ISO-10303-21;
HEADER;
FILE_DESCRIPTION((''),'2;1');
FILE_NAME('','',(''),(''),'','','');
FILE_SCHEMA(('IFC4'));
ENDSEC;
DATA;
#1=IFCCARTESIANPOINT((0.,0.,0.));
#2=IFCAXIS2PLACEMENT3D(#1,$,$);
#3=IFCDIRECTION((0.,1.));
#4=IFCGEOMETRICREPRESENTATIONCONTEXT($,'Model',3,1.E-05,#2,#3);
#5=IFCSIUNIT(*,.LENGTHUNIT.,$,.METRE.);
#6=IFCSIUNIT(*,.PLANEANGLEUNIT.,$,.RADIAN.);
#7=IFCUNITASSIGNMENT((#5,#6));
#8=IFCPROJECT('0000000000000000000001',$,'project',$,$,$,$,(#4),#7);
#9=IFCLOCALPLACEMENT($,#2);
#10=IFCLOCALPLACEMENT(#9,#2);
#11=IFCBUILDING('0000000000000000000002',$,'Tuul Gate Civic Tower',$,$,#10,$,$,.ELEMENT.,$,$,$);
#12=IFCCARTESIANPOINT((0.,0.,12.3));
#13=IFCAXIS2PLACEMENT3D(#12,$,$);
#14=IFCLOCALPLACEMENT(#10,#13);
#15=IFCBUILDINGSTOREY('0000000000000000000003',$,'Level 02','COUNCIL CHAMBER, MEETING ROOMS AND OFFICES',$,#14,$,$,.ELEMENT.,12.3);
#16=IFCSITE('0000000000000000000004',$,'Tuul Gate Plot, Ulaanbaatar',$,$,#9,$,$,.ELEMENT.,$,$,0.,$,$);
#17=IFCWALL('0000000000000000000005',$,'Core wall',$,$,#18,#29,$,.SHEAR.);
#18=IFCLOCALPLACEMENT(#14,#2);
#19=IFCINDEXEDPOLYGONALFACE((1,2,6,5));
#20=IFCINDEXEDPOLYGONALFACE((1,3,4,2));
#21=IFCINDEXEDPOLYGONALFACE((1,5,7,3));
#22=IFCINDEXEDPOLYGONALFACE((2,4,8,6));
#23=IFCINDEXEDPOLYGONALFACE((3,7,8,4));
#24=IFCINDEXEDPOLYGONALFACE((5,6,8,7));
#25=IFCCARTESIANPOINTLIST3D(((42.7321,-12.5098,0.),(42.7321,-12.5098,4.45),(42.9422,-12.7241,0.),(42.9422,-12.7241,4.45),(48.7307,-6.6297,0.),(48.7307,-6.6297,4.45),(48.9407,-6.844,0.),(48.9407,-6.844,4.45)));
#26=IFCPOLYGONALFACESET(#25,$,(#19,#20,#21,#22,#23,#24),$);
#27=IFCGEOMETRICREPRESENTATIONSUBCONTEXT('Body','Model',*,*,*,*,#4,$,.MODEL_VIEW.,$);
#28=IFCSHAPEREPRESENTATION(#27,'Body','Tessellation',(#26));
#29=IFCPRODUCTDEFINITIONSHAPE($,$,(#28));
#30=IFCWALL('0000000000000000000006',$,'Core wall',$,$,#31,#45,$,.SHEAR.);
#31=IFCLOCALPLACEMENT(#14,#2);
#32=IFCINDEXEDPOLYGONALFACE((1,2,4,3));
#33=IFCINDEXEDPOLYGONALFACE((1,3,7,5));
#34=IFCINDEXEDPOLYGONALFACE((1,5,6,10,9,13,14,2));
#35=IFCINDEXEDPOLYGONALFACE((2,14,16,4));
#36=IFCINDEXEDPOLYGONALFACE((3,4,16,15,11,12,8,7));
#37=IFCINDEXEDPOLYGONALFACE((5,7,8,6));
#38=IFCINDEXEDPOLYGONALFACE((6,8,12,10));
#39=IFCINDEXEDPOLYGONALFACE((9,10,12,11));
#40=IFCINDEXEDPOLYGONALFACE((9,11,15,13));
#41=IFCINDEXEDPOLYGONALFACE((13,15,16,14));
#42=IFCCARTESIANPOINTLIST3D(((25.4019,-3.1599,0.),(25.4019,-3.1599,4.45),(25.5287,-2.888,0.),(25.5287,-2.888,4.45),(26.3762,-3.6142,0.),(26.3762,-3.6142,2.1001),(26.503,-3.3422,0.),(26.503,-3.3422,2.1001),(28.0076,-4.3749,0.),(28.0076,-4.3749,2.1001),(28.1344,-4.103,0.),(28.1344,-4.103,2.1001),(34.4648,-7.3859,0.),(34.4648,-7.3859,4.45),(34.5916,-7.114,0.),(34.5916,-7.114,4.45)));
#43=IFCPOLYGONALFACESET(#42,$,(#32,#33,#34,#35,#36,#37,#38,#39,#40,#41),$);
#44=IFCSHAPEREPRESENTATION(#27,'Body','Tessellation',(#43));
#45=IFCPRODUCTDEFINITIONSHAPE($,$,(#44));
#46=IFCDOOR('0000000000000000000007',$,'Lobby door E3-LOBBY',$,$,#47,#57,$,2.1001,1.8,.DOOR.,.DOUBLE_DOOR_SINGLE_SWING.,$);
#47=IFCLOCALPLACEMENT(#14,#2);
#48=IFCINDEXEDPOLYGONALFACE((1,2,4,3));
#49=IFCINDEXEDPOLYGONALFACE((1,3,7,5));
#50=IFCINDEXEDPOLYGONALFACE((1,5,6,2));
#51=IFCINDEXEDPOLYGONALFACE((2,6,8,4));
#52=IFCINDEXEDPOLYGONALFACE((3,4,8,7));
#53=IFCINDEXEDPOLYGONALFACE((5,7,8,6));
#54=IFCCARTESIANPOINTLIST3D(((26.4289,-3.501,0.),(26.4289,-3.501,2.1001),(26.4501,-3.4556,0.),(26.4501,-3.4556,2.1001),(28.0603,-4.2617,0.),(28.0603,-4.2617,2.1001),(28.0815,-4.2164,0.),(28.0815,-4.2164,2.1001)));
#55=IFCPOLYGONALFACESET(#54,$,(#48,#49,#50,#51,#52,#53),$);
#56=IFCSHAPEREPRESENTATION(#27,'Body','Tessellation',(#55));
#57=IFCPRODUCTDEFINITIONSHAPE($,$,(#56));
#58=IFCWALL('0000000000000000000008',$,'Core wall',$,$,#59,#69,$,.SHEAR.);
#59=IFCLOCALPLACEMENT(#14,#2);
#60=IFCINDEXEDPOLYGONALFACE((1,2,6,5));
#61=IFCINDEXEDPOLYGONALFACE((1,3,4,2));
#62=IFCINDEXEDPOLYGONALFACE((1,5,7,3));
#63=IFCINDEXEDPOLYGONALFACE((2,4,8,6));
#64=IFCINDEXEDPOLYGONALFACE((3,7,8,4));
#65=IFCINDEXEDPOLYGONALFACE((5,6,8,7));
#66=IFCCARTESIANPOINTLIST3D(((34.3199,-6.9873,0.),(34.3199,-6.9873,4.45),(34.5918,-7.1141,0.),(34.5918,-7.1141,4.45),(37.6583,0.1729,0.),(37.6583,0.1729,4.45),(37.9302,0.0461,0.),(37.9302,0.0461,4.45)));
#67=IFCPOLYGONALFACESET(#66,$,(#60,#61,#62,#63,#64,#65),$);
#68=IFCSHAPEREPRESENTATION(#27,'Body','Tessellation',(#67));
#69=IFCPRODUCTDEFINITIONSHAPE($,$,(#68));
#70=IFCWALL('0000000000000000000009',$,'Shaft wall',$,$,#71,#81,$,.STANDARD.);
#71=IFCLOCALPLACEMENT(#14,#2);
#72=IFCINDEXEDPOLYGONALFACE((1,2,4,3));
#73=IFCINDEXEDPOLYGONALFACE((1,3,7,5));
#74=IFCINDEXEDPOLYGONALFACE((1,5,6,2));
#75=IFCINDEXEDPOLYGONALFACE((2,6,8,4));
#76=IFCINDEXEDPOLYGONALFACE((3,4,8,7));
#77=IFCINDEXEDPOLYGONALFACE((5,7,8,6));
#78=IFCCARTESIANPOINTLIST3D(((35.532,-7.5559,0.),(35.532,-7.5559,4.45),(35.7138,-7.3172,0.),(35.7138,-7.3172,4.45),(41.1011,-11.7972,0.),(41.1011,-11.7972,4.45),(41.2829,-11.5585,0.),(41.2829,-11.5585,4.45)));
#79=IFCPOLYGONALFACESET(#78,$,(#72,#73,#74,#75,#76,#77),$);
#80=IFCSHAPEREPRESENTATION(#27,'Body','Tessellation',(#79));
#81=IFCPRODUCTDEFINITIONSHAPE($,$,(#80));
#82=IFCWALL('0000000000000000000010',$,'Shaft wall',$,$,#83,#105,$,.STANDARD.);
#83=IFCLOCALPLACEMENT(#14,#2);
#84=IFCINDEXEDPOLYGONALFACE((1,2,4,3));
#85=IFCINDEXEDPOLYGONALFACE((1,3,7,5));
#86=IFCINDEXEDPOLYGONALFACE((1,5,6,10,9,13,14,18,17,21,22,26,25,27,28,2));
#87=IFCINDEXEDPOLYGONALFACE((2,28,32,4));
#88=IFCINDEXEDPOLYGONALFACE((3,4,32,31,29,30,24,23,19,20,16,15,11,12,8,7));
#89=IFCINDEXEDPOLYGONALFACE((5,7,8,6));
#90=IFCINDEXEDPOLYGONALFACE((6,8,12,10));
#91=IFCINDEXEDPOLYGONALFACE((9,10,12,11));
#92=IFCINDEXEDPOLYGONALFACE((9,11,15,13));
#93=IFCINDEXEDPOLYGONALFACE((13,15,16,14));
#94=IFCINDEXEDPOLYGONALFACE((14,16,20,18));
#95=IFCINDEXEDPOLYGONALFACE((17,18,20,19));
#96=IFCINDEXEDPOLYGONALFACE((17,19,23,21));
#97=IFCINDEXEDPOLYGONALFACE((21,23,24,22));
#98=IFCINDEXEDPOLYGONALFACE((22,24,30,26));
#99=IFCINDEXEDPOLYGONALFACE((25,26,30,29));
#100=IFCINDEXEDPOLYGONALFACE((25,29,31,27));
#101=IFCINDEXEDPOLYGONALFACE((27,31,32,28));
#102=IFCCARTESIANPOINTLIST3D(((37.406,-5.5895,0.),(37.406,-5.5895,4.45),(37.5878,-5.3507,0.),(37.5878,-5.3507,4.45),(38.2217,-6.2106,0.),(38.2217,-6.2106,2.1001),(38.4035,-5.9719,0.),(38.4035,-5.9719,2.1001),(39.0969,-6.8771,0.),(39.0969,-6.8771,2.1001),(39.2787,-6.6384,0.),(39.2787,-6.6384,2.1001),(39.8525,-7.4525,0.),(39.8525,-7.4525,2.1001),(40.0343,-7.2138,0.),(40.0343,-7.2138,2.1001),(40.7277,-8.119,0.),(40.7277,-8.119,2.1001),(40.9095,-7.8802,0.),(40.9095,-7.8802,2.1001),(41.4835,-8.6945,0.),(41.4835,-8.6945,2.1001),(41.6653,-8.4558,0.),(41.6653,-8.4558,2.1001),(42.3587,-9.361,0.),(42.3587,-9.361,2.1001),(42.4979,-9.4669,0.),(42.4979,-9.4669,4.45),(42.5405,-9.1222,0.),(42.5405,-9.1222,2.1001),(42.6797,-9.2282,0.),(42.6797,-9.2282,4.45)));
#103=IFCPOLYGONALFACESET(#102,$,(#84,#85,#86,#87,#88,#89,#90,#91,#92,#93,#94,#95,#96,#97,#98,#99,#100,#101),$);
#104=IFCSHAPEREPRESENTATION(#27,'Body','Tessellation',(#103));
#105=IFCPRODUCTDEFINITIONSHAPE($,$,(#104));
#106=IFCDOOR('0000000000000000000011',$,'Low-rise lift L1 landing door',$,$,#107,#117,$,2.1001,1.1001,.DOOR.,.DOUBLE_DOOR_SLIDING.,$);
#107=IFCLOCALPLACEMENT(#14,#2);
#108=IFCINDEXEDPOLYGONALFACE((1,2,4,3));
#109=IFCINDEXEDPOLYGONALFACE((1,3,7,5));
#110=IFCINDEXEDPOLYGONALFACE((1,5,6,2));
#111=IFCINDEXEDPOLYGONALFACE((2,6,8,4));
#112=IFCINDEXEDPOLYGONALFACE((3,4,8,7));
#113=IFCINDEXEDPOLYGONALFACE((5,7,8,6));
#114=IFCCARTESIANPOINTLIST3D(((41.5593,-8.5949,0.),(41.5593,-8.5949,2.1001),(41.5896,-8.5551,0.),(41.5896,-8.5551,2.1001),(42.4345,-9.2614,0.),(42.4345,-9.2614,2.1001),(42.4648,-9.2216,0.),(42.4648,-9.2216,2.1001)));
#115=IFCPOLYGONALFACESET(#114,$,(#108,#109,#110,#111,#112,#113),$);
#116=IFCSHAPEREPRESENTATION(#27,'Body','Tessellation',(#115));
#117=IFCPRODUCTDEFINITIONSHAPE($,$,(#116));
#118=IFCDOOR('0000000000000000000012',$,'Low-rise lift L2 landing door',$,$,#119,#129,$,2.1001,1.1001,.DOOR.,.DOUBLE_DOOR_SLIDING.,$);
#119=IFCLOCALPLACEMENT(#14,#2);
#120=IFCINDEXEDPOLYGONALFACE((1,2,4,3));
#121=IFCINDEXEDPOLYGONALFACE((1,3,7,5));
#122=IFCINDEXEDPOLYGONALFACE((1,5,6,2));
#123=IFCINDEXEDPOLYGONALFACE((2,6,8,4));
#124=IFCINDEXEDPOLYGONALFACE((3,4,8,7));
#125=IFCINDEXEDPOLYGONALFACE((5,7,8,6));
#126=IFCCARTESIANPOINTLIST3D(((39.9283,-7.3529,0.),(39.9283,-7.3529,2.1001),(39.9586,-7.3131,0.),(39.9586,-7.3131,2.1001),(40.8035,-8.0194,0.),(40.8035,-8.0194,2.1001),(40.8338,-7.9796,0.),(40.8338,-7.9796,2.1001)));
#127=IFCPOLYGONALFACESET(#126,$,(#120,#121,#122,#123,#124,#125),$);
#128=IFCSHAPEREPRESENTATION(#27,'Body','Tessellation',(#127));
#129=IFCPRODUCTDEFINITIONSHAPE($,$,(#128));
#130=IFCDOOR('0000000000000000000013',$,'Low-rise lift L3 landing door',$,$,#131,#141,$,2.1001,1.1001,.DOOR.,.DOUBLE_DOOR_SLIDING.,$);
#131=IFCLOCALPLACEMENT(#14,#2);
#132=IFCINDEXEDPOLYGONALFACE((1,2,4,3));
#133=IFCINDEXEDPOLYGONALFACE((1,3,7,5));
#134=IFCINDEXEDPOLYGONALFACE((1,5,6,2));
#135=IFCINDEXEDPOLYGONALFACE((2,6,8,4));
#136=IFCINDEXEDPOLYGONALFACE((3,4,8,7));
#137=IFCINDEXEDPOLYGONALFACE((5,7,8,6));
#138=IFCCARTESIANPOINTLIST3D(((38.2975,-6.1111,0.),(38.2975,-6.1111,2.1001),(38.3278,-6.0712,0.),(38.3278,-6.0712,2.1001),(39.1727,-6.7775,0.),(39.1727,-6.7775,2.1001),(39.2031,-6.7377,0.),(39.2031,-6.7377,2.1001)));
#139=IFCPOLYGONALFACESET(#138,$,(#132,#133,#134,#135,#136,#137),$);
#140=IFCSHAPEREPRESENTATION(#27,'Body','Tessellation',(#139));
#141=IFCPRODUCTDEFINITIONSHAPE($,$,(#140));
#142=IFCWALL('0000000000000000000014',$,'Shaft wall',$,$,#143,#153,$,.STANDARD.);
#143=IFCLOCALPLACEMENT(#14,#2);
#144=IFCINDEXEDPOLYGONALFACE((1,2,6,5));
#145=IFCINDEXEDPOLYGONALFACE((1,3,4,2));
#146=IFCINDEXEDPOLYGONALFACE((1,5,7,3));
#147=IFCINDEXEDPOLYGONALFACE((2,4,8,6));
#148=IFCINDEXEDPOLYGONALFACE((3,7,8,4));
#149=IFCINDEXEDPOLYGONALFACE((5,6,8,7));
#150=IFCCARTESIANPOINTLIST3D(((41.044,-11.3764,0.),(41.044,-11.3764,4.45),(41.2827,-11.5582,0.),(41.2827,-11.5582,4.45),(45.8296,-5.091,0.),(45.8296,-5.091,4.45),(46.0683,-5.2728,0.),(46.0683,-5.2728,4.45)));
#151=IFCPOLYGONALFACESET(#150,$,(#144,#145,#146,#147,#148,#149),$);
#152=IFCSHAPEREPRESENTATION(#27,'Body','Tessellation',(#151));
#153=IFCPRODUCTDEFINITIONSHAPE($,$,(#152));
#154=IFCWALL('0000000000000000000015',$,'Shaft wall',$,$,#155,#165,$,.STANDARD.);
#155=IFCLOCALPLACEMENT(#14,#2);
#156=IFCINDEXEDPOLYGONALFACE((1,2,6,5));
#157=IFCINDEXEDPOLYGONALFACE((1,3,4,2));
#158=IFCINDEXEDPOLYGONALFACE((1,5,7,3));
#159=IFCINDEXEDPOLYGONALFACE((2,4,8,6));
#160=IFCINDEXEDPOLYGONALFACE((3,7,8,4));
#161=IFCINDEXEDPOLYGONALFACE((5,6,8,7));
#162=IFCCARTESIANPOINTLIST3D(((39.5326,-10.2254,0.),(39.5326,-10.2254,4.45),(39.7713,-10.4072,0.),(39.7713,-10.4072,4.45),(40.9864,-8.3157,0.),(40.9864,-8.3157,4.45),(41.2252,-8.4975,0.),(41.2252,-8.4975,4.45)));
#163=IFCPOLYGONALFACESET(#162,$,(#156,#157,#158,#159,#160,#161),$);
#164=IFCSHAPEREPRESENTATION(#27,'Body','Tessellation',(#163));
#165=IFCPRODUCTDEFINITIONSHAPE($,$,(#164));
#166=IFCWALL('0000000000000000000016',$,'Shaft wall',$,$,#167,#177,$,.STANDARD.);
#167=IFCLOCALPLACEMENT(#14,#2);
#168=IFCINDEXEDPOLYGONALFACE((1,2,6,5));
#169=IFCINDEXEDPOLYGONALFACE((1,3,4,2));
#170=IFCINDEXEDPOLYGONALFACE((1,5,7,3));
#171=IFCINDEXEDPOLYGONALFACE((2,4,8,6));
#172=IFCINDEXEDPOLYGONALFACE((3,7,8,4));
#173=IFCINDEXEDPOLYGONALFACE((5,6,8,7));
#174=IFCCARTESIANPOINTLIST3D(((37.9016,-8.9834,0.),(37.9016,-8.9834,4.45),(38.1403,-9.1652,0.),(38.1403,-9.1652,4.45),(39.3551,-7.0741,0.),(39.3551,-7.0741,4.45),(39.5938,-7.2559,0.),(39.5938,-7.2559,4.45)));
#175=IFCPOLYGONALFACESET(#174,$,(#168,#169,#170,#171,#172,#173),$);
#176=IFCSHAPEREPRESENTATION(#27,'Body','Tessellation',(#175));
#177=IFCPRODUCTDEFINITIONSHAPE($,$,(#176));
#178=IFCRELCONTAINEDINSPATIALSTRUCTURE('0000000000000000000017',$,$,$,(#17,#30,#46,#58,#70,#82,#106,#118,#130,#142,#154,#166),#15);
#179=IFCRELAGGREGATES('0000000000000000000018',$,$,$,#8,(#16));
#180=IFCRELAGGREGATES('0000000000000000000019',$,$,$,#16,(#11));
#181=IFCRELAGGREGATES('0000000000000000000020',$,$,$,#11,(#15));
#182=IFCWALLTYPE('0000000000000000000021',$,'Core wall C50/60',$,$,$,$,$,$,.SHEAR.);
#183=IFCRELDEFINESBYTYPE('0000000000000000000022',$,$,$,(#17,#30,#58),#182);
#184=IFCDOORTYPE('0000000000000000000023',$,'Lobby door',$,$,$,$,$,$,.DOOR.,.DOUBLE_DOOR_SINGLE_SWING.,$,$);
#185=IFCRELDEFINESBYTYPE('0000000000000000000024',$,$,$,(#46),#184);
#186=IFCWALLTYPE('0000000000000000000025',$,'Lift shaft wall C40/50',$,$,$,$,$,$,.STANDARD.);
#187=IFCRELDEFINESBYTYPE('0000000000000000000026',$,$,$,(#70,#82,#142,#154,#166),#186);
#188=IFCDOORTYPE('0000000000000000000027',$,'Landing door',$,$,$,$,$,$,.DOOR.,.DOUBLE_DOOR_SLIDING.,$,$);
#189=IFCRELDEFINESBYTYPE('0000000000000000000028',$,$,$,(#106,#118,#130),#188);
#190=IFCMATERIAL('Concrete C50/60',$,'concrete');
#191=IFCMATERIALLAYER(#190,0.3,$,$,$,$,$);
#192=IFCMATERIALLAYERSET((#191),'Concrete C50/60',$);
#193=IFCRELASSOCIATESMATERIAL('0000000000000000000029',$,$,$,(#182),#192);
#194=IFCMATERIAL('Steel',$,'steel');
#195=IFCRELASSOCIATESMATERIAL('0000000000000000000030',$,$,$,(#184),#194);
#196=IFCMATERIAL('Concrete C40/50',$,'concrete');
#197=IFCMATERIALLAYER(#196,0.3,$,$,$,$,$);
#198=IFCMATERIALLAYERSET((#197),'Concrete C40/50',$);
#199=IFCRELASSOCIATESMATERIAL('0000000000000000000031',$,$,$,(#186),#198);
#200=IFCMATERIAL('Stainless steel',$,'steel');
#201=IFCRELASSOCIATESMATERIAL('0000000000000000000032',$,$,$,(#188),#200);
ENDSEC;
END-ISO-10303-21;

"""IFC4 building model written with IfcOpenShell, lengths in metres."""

from ifc_helpers import new_model, si_unit, direction, frame, frame_2d, origin, place, context, subcontext, project, spatial, rectangle, extrude, material, layer, layer_set, type_object, element, fill, save


model = new_model("IFC4")

# Units and contexts
model_context = context("Model", 3, precision=1e-05, world=origin(), true_north=direction((0.0, 1.0)))
body_context = subcontext(model_context, "Body", "Model", "MODEL_VIEW")
ifc_project = project(units=[si_unit("LENGTHUNIT", "METRE"), si_unit("PLANEANGLEUNIT", "RADIAN")], contexts=[model_context])

# Site, building, storey
site_placement = place(None, origin())
site = spatial("IfcSite", under=ifc_project, at=site_placement, Name="Tuul Gate Plot, Ulaanbaatar", CompositionType="ELEMENT", RefElevation=0.0)
building_placement = place(site_placement, origin())
building = spatial("IfcBuilding", under=site, at=building_placement, Name="Tuul Gate Civic Tower", CompositionType="ELEMENT")
storey_placement = place(building_placement, frame((0.0, 0.0, 12.3)))
storey = spatial("IfcBuildingStorey", under=building, at=storey_placement, Name="Level 02", Description="COUNCIL CHAMBER, MEETING ROOMS AND OFFICES", CompositionType="ELEMENT", Elevation=12.3)

# Wall
ifc_material_1 = material(Name="Concrete C50/60", Category="concrete")
ifc_layer_1 = layer(ifc_material_1, 0.3)
ifc_layer_set_1 = layer_set([ifc_layer_1], Name="Concrete C50/60")
wall_type_1 = type_object("IfcWallType", Name="Core wall C50/60", PredefinedType="SHEAR", material=ifc_layer_set_1)
wall_1_placement = place(storey_placement, frame((42.8372, -12.6169, 0.0), z_axis=(0.0, 0.0, 1.0), x_axis=(0.71412, 0.700023, 0.0)))
element("IfcWall", 1, at=wall_1_placement, inside=storey, type_object=wall_type_1, Name="Core wall", PredefinedType="SHEAR", context=body_context, shape_type="SweptSolid", body=[
    extrude(rectangle(XDim=8.3999, YDim=0.3, at=frame_2d((4.2, 0.0))), origin(), (0.0, 0.0, 1.0), 4.45),
])

# Wall, opening, door
wall_2_placement = place(storey_placement, frame((34.5283, -7.25, 0.0), z_axis=(0.0, 0.0, 1.0), x_axis=(-0.90631, 0.422613, 0.0)))
wall_2 = element("IfcWall", 2, at=wall_2_placement, inside=storey, type_object=wall_type_1, Name="Core wall", PredefinedType="SHEAR", context=body_context, shape_type="SweptSolid", body=[
    extrude(rectangle(XDim=9.9998, YDim=0.3, at=frame_2d((5.0, 0.0))), origin(), (0.0, 0.0, 1.0), 4.45),
])
opening_1_placement = place(wall_2_placement, frame((7.125, 0.0, 0.0)))
opening_1 = element("IfcOpeningElement", 3, at=opening_1_placement, cuts=wall_2, PredefinedType="OPENING", context=body_context, shape_type="SweptSolid", body=[
    extrude(rectangle(XDim=1.8, YDim=2.1001, at=frame_2d((0.8999, 1.05))), frame((0.0, 0.1602, 0.0), z_axis=(0.0, -1.0, 0.0), x_axis=(1.0, 0.0, 0.0)), (0.0, 0.0, 1.0), 0.3201),
])
ifc_material_2 = material(Name="Steel", Category="steel")
door_type_1 = type_object("IfcDoorType", Name="Lobby door", OperationType="DOUBLE_DOOR_SINGLE_SWING", PredefinedType="DOOR", material=ifc_material_2)
door_1_placement = place(opening_1_placement, frame((1.8, 0.0, 0.0), z_axis=(0.0, 0.0, 1.0), x_axis=(-1.0, 0.0, 0.0)))
door_1 = element("IfcDoor", 4, at=door_1_placement, inside=storey, type_object=door_type_1, Name="Lobby door E3-LOBBY", OperationType="DOUBLE_DOOR_SINGLE_SWING", OverallHeight=2.1001, OverallWidth=1.8, PredefinedType="DOOR", context=body_context, shape_type="SweptSolid", body=[
    extrude(rectangle(XDim=1.8, YDim=2.1001, at=frame_2d((0.9001, 1.05))), frame((0.0, 0.0249, 0.0), z_axis=(0.0, -1.0, 0.0), x_axis=(1.0, 0.0, 0.0)), (0.0, 0.0, 1.0), 0.05),
])
fill(opening_1, door_1)

# Walls
wall_3_placement = place(storey_placement, frame((34.4558, -7.0508, 0.0), z_axis=(0.0, 0.0, 1.0), x_axis=(0.422571, 0.90633, 0.0)))
element("IfcWall", 5, at=wall_3_placement, inside=storey, type_object=wall_type_1, Name="Core wall", PredefinedType="SHEAR", context=body_context, shape_type="SweptSolid", body=[
    extrude(rectangle(XDim=7.9001, YDim=0.3, at=frame_2d((3.9502, 0.0))), origin(), (0.0, 0.0, 1.0), 4.45),
])
ifc_material_3 = material(Name="Concrete C40/50", Category="concrete")
ifc_layer_2 = layer(ifc_material_3, 0.3)
ifc_layer_set_2 = layer_set([ifc_layer_2], Name="Concrete C40/50")
wall_type_2 = type_object("IfcWallType", Name="Lift shaft wall C40/50", PredefinedType="STANDARD", material=ifc_layer_set_2)
wall_4_placement = place(storey_placement, frame((41.1919, -11.6777, 0.0), z_axis=(0.0, 0.0, 1.0), x_axis=(-0.795563, 0.605871, 0.0)))
element("IfcWall", 6, at=wall_4_placement, inside=storey, type_object=wall_type_2, Name="Shaft wall", PredefinedType="STANDARD", context=body_context, shape_type="SweptSolid", body=[
    extrude(rectangle(XDim=7.0002, YDim=0.3, at=frame_2d((3.5, 0.0))), origin(), (0.0, 0.0, 1.0), 4.45),
])

# Wall, openings, doors
wall_5_placement = place(storey_placement, frame((42.5889, -9.3477, 0.0), z_axis=(0.0, 0.0, 1.0), x_axis=(-0.795584, 0.605843, 0.0)))
wall_5 = element("IfcWall", 7, at=wall_5_placement, inside=storey, type_object=wall_type_2, Name="Shaft wall", PredefinedType="STANDARD", context=body_context, shape_type="SweptSolid", body=[
    extrude(rectangle(XDim=6.4001, YDim=0.3, at=frame_2d((3.2002, 0.0))), origin(), (0.0, 0.0, 1.0), 4.45),
])
opening_2_placement = place(wall_5_placement, frame((0.175, 0.0, 0.0)))
opening_2 = element("IfcOpeningElement", 8, at=opening_2_placement, cuts=wall_5, PredefinedType="OPENING", context=body_context, shape_type="SweptSolid", body=[
    extrude(rectangle(XDim=1.1001, YDim=2.1001, at=frame_2d((0.55, 1.05))), frame((0.0, 0.1602, 0.0), z_axis=(0.0, -1.0, 0.0), x_axis=(1.0, 0.0, 0.0)), (0.0, 0.0, 1.0), 0.3201),
])
opening_3_placement = place(wall_5_placement, frame((2.2251, 0.0, 0.0)))
opening_3 = element("IfcOpeningElement", 9, at=opening_3_placement, cuts=wall_5, PredefinedType="OPENING", context=body_context, shape_type="SweptSolid", body=[
    extrude(rectangle(XDim=1.1001, YDim=2.1001, at=frame_2d((0.55, 1.05))), frame((0.0, 0.1602, 0.0), z_axis=(0.0, -1.0, 0.0), x_axis=(1.0, 0.0, 0.0)), (0.0, 0.0, 1.0), 0.3201),
])
opening_4_placement = place(wall_5_placement, frame((4.2749, 0.0, 0.0)))
opening_4 = element("IfcOpeningElement", 10, at=opening_4_placement, cuts=wall_5, PredefinedType="OPENING", context=body_context, shape_type="SweptSolid", body=[
    extrude(rectangle(XDim=1.1001, YDim=2.1001, at=frame_2d((0.55, 1.05))), frame((0.0, 0.1602, 0.0), z_axis=(0.0, -1.0, 0.0), x_axis=(1.0, 0.0, 0.0)), (0.0, 0.0, 1.0), 0.3201),
])
ifc_material_4 = material(Name="Stainless steel", Category="steel")
door_type_2 = type_object("IfcDoorType", Name="Landing door", OperationType="DOUBLE_DOOR_SLIDING", PredefinedType="DOOR", material=ifc_material_4)
door_2_placement = place(opening_2_placement, origin())
door_2 = element("IfcDoor", 11, at=door_2_placement, inside=storey, type_object=door_type_2, Name="Low-rise lift L1 landing door", OperationType="DOUBLE_DOOR_SLIDING", OverallHeight=2.1001, OverallWidth=1.1001, PredefinedType="DOOR", context=body_context, shape_type="SweptSolid", body=[
    extrude(rectangle(XDim=1.1001, YDim=2.1001, at=frame_2d((0.55, 1.05))), frame((0.0, 0.0249, 0.0), z_axis=(0.0, -1.0, 0.0), x_axis=(1.0, 0.0, 0.0)), (0.0, 0.0, 1.0), 0.05),
])
fill(opening_2, door_2)
door_3_placement = place(opening_3_placement, origin())
door_3 = element("IfcDoor", 12, at=door_3_placement, inside=storey, type_object=door_type_2, Name="Low-rise lift L2 landing door", OperationType="DOUBLE_DOOR_SLIDING", OverallHeight=2.1001, OverallWidth=1.1001, PredefinedType="DOOR", context=body_context, shape_type="SweptSolid", body=[
    extrude(rectangle(XDim=1.1001, YDim=2.1001, at=frame_2d((0.55, 1.05))), frame((0.0, 0.0249, 0.0), z_axis=(0.0, -1.0, 0.0), x_axis=(1.0, 0.0, 0.0)), (0.0, 0.0, 1.0), 0.05),
])
fill(opening_3, door_3)
door_4_placement = place(opening_4_placement, origin())
door_4 = element("IfcDoor", 13, at=door_4_placement, inside=storey, type_object=door_type_2, Name="Low-rise lift L3 landing door", OperationType="DOUBLE_DOOR_SLIDING", OverallHeight=2.1001, OverallWidth=1.1001, PredefinedType="DOOR", context=body_context, shape_type="SweptSolid", body=[
    extrude(rectangle(XDim=1.1001, YDim=2.1001, at=frame_2d((0.55, 1.05))), frame((0.0, 0.0249, 0.0), z_axis=(0.0, -1.0, 0.0), x_axis=(1.0, 0.0, 0.0)), (0.0, 0.0, 1.0), 0.05),
])
fill(opening_4, door_4)

# Walls
wall_6_placement = place(storey_placement, frame((41.1633, -11.4673, 0.0), z_axis=(0.0, 0.0, 1.0), x_axis=(0.605784, 0.795629, 0.0)))
element("IfcWall", 14, at=wall_6_placement, inside=storey, type_object=wall_type_2, Name="Shaft wall", PredefinedType="STANDARD", context=body_context, shape_type="SweptSolid", body=[
    extrude(rectangle(XDim=7.8999, YDim=0.3, at=frame_2d((3.95, 0.0))), origin(), (0.0, 0.0, 1.0), 4.45),
])
wall_7_placement = place(storey_placement, frame((39.6519, -10.3164, 0.0), z_axis=(0.0, 0.0, 1.0), x_axis=(0.605746, 0.795658, 0.0)))
element("IfcWall", 15, at=wall_7_placement, inside=storey, type_object=wall_type_2, Name="Shaft wall", PredefinedType="STANDARD", context=body_context, shape_type="SweptSolid", body=[
    extrude(rectangle(XDim=2.4001, YDim=0.3, at=frame_2d((1.2002, 0.0))), origin(), (0.0, 0.0, 1.0), 4.45),
])
wall_8_placement = place(storey_placement, frame((38.021, -9.0742, 0.0), z_axis=(0.0, 0.0, 1.0), x_axis=(0.605731, 0.79567, 0.0)))
element("IfcWall", 16, at=wall_8_placement, inside=storey, type_object=wall_type_2, Name="Shaft wall", PredefinedType="STANDARD", context=body_context, shape_type="SweptSolid", body=[
    extrude(rectangle(XDim=2.3997, YDim=0.3, at=frame_2d((1.1997, 0.0))), origin(), (0.0, 0.0, 1.0), 4.45),
])

save(model, "model.ifc")
